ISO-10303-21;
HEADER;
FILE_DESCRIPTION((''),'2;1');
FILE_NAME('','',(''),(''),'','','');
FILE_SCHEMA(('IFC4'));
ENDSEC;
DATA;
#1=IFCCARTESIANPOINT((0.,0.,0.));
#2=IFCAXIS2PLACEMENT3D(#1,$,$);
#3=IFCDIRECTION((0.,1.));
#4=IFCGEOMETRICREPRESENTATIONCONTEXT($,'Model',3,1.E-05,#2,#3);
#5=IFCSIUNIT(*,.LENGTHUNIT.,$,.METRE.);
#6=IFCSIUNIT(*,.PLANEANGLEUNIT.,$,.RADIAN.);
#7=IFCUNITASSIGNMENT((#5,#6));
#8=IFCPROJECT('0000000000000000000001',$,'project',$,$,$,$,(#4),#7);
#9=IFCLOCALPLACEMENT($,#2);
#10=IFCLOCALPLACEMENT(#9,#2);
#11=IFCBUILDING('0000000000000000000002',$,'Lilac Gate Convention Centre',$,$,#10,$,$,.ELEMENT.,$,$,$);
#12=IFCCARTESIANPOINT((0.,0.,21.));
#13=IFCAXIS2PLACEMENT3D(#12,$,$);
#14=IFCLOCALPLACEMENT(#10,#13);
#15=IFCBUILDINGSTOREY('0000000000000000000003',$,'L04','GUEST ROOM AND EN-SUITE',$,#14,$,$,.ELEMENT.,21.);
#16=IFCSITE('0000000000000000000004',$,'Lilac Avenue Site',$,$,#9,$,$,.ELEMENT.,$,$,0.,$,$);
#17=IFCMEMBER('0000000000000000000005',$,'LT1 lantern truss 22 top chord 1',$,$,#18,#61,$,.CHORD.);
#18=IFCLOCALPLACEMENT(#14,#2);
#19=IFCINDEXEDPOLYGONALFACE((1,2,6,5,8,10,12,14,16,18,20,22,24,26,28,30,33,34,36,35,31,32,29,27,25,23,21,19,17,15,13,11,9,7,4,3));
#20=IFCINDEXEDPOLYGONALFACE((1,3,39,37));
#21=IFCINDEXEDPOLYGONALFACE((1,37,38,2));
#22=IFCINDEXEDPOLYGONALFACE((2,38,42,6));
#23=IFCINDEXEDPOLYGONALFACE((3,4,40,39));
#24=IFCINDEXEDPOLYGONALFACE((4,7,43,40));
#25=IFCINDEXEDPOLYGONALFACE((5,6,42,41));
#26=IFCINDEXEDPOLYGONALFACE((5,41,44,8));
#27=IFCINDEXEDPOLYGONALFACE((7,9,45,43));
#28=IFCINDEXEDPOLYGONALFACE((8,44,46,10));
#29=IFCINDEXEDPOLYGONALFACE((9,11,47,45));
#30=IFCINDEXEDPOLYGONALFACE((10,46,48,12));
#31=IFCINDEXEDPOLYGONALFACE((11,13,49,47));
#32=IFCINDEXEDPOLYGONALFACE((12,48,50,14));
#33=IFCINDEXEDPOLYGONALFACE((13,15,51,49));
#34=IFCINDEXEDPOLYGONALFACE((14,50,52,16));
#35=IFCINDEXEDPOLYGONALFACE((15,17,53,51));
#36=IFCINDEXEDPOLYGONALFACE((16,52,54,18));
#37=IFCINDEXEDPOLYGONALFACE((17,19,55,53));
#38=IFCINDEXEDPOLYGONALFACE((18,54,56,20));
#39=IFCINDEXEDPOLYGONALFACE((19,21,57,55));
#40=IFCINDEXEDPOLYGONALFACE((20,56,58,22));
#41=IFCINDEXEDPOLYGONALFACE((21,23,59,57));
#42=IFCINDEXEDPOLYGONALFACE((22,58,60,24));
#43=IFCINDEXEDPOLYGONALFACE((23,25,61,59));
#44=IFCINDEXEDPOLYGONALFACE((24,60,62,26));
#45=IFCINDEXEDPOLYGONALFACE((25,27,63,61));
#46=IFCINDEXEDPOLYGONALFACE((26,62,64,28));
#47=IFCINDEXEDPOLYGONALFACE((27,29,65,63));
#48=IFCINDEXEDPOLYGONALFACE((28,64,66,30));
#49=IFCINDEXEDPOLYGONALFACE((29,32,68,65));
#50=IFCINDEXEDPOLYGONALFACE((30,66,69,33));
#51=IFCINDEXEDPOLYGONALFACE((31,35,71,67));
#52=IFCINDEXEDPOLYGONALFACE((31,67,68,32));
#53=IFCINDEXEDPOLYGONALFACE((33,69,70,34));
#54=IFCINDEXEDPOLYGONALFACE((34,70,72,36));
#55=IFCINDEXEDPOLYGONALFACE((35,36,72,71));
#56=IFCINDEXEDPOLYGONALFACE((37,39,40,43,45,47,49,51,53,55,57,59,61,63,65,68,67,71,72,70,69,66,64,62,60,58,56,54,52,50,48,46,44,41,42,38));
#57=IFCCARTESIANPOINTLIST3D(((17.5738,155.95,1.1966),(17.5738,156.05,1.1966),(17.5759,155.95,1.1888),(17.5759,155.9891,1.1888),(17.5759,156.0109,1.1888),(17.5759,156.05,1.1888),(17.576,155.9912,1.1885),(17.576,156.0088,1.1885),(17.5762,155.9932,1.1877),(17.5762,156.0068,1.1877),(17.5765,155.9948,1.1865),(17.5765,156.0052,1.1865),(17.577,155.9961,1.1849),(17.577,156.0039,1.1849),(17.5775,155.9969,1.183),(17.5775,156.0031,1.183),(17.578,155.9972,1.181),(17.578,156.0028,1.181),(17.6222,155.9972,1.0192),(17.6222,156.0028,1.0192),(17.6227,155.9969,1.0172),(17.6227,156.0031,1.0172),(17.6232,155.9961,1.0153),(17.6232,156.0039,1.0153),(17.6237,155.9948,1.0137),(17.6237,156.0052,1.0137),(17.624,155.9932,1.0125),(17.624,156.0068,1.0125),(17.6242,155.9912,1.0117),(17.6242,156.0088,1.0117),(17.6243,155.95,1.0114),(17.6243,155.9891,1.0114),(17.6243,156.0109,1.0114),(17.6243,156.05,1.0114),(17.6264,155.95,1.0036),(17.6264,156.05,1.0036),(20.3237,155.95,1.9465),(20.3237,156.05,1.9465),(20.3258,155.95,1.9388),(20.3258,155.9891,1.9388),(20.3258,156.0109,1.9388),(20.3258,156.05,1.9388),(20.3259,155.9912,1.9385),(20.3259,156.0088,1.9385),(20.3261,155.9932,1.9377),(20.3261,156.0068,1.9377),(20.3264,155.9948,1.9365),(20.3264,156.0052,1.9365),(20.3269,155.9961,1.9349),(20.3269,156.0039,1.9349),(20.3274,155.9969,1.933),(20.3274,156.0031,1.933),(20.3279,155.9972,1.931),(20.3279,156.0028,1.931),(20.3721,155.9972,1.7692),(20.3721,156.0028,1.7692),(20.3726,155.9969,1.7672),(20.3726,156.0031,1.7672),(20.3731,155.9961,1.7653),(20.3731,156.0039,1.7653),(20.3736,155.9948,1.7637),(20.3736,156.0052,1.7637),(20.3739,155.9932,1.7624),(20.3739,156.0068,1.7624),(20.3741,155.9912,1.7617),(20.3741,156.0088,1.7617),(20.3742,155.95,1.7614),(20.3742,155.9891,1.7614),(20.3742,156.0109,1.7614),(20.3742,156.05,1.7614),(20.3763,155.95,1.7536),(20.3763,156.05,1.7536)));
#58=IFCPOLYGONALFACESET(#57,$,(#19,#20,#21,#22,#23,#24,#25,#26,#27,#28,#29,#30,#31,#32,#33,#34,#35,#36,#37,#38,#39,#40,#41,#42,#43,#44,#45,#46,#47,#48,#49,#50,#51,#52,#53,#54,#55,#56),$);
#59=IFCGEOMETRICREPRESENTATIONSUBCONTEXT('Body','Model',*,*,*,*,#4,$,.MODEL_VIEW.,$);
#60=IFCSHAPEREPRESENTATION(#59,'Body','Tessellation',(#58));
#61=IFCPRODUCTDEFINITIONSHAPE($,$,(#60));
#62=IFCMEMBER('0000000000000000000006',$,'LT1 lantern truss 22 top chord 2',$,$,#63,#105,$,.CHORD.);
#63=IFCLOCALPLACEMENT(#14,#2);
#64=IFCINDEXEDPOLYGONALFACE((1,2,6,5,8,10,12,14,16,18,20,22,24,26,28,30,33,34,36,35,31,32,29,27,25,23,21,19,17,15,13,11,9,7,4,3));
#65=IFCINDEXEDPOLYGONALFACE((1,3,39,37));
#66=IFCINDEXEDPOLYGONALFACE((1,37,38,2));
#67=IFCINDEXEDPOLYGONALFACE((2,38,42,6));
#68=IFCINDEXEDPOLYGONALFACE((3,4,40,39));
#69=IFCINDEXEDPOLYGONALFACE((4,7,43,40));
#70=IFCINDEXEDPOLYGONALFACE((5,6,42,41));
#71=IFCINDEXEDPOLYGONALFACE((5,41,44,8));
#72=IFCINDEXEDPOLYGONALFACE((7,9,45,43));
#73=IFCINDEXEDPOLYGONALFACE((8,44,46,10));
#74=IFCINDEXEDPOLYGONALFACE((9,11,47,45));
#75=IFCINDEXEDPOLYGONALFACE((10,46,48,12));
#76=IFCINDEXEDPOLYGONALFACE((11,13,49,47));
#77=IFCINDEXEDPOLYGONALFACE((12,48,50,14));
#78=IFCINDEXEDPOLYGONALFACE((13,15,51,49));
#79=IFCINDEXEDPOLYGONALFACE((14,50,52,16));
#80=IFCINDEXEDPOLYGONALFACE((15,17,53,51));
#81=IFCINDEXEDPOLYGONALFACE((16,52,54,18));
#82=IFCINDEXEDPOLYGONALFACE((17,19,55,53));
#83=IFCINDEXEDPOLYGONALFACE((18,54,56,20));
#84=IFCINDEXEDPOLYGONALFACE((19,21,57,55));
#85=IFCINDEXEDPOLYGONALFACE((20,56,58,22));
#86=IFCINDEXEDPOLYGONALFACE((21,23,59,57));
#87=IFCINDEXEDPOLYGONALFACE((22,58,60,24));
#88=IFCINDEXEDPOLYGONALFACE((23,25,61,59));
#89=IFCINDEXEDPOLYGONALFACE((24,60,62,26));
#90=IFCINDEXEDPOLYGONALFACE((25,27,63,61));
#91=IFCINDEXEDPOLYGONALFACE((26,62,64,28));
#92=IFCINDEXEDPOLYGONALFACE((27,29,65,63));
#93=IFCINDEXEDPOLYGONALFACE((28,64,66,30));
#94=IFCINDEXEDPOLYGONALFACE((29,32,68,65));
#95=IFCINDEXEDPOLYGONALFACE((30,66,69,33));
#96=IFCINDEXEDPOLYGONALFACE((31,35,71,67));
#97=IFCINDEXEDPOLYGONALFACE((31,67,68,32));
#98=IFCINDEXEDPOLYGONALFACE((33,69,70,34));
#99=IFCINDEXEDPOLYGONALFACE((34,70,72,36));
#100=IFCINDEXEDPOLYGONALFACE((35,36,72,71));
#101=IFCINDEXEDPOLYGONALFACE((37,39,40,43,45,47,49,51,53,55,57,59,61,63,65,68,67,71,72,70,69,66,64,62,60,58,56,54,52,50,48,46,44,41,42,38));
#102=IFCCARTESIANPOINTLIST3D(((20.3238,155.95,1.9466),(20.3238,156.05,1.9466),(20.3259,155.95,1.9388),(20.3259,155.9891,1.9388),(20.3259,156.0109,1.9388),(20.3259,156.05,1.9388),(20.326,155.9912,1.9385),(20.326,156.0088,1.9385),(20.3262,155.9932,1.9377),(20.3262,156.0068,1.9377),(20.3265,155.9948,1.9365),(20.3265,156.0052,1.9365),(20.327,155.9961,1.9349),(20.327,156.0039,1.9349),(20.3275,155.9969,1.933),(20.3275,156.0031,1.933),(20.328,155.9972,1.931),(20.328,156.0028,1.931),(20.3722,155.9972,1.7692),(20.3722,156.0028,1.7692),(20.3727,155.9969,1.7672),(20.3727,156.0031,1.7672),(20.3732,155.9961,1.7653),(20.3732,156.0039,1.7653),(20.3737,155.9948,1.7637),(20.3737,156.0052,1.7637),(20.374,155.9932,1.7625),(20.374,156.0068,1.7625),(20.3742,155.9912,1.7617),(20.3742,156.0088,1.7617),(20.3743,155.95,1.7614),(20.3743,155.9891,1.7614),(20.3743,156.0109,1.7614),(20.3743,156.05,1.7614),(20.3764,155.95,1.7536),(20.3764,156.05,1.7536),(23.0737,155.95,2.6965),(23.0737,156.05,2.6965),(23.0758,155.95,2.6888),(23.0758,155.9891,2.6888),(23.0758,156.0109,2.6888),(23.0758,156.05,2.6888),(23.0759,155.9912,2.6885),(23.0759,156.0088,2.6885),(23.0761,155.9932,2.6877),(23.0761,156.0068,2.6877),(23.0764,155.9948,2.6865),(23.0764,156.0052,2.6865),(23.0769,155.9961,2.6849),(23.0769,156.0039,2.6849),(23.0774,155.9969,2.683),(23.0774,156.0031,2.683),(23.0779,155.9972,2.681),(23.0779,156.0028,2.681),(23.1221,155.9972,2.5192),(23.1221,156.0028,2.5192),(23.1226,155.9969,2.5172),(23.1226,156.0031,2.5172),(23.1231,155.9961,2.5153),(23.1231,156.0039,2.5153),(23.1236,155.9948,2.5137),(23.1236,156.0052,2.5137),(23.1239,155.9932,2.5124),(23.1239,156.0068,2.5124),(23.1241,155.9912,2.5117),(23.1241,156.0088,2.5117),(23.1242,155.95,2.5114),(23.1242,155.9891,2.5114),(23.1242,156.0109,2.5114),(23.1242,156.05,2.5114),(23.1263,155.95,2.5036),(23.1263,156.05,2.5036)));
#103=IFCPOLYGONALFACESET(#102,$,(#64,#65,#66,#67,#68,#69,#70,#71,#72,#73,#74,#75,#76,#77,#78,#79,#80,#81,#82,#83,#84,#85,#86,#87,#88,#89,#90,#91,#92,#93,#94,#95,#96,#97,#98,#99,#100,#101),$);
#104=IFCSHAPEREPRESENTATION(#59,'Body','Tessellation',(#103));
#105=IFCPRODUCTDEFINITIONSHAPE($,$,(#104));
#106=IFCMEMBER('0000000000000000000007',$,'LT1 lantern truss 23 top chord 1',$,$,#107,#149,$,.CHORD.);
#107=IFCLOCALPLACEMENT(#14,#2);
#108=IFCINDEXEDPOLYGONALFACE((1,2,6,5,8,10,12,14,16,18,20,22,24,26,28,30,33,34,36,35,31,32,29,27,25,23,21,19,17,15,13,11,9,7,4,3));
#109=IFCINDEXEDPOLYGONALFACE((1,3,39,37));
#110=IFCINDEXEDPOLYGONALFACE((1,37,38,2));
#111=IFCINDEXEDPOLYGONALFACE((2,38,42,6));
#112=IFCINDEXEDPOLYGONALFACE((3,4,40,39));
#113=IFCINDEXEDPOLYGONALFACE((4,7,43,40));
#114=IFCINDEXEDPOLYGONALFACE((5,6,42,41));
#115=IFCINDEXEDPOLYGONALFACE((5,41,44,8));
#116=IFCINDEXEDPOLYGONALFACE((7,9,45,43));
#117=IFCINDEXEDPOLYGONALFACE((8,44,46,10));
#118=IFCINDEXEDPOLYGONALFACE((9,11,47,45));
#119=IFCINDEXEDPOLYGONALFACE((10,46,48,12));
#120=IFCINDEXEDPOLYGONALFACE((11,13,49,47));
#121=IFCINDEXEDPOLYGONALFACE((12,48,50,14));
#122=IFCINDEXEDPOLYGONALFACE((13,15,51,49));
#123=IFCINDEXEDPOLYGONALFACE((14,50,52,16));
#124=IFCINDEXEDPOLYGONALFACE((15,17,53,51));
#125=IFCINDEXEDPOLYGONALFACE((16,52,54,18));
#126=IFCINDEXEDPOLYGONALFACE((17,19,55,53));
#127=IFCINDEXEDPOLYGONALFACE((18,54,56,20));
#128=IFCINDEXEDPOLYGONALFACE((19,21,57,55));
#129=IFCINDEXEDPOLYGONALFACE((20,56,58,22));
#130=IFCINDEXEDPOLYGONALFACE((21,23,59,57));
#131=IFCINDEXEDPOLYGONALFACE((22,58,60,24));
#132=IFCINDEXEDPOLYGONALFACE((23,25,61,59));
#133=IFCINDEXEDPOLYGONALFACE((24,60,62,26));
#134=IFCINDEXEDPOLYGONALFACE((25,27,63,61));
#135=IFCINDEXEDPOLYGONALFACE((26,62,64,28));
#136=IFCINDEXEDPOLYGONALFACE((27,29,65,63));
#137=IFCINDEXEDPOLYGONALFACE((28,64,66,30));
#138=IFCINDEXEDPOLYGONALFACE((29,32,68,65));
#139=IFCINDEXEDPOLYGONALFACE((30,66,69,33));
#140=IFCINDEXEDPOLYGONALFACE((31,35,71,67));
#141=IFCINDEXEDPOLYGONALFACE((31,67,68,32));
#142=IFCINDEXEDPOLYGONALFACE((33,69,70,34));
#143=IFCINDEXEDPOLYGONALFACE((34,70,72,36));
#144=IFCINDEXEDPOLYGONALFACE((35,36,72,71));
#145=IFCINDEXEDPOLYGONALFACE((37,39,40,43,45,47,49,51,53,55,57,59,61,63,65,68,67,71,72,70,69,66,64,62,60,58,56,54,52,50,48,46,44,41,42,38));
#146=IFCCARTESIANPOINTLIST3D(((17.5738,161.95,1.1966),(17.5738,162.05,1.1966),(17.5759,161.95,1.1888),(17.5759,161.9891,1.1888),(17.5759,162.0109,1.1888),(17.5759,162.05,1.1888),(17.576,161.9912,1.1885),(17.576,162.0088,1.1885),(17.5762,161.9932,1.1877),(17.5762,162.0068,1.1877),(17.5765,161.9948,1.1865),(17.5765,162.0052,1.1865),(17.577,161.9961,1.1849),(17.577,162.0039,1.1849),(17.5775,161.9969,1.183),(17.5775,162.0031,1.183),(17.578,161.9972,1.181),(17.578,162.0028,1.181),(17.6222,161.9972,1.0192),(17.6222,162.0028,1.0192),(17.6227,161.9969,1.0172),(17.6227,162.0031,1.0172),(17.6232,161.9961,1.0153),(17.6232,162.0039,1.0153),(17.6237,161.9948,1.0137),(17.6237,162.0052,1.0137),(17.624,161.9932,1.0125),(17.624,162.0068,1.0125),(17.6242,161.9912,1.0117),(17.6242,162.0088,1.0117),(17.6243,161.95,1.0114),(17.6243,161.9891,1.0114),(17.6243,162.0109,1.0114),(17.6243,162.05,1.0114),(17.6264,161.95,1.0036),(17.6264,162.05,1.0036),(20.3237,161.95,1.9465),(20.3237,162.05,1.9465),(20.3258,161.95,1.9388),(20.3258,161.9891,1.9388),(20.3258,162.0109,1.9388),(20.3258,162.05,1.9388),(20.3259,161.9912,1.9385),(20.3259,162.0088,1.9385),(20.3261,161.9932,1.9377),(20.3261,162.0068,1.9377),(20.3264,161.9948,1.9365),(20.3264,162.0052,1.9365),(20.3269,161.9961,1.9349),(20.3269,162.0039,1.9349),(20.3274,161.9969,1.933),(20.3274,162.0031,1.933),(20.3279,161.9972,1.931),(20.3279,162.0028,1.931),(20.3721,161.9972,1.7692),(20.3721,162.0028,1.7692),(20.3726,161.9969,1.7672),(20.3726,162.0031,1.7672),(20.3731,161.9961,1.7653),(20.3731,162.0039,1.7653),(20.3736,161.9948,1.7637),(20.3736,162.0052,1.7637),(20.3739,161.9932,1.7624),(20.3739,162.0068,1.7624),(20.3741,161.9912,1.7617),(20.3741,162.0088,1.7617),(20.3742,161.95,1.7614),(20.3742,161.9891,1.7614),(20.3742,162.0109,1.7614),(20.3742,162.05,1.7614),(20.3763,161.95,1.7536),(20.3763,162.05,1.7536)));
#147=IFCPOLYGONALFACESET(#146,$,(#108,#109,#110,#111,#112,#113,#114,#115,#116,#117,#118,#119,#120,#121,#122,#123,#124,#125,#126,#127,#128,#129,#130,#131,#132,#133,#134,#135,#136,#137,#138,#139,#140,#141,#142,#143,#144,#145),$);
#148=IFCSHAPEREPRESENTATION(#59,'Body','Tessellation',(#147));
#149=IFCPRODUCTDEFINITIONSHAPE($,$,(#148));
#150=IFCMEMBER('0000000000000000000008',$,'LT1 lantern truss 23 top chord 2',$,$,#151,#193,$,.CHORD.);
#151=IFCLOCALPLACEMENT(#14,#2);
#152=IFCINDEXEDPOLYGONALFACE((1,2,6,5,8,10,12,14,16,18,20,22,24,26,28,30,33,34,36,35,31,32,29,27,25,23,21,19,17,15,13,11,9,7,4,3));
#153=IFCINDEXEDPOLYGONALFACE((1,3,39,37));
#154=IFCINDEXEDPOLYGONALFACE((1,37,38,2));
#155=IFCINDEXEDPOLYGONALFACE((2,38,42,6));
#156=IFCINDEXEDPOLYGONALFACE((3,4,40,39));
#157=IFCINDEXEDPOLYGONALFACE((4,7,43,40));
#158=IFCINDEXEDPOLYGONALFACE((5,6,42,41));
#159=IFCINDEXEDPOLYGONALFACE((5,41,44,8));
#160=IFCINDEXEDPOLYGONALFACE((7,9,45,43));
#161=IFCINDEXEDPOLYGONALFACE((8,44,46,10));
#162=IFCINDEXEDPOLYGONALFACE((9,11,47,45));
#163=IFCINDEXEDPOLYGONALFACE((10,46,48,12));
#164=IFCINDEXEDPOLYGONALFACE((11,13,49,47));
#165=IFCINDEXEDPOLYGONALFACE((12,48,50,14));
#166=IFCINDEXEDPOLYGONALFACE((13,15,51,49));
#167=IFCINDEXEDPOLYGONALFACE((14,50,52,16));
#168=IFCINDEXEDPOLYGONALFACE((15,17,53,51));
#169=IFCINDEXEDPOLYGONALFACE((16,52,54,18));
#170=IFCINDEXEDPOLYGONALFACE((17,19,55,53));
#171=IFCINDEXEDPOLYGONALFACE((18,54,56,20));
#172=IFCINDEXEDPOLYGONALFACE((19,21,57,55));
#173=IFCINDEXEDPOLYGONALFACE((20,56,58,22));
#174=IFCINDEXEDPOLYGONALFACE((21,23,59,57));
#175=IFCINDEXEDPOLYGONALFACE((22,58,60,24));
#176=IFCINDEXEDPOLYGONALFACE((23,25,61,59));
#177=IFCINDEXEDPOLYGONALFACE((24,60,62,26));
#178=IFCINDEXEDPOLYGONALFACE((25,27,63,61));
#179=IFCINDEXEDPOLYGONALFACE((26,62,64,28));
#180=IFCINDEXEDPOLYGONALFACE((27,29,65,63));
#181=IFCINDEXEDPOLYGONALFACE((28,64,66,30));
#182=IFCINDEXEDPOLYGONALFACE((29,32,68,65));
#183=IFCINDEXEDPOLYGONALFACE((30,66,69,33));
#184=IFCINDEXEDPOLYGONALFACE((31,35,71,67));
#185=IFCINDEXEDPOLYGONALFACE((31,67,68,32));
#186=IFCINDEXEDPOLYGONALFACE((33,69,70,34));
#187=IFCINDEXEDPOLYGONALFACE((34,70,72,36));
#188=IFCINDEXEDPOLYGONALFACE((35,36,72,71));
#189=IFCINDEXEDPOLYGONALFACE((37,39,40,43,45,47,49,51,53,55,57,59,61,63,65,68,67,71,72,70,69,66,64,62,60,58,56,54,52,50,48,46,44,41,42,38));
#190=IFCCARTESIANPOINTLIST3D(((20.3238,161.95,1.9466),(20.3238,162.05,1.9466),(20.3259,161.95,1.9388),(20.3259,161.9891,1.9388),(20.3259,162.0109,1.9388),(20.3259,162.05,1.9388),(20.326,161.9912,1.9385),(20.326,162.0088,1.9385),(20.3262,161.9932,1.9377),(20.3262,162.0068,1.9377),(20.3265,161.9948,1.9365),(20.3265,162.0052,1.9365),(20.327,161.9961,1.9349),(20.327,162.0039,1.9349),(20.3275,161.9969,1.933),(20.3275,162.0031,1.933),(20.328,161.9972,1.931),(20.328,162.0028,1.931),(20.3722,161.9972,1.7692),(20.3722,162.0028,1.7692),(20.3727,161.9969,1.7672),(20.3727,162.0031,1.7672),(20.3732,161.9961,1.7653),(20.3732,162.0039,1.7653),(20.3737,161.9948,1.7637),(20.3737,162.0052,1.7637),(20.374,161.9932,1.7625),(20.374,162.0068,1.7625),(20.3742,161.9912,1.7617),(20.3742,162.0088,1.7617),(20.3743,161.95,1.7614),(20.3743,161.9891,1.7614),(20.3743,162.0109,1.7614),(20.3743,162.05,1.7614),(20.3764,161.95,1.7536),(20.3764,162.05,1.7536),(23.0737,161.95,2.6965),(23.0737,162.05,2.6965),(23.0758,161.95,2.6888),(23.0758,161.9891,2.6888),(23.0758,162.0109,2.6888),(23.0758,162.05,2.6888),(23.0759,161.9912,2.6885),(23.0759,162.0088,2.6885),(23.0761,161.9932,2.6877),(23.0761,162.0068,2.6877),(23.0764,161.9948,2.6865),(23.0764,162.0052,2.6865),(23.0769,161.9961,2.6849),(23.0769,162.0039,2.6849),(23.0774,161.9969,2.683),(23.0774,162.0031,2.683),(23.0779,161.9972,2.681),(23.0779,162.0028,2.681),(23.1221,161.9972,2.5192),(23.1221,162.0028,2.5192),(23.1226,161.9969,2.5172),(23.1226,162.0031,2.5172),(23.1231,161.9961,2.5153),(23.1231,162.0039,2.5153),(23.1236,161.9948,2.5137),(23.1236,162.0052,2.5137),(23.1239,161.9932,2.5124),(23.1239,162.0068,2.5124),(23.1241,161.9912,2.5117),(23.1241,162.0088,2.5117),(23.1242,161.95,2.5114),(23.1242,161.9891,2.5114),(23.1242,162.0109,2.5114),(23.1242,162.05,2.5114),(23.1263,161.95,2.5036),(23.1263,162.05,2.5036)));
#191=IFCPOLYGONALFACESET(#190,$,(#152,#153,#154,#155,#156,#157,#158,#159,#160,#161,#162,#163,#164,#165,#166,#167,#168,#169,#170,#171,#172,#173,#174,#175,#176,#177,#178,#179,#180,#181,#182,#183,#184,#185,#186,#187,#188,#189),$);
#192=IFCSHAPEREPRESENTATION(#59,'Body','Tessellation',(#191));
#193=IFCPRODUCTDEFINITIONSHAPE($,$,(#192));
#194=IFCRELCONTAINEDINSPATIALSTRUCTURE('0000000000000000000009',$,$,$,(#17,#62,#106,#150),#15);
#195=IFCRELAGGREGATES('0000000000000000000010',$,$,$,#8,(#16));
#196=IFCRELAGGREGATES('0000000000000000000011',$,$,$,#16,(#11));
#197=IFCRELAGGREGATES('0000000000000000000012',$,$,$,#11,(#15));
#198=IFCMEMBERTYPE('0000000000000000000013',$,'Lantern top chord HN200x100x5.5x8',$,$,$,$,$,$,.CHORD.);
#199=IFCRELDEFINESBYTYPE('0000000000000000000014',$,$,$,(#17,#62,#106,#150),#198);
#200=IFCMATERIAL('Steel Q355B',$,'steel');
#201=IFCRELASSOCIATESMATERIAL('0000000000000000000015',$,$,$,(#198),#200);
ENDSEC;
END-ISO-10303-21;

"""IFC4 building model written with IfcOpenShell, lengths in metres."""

from ifc_helpers import new_model, si_unit, direction, frame, origin, origin_2d, place, context, subcontext, project, spatial, i_section, extrude, material, material_profile, profile_set, type_object, element, save


model = new_model("IFC4")

# Units and contexts
model_context = context("Model", 3, precision=1e-05, world=origin(), true_north=direction((0.0, 1.0)))
body_context = subcontext(model_context, "Body", "Model", "MODEL_VIEW")
ifc_project = project(units=[si_unit("LENGTHUNIT", "METRE"), si_unit("PLANEANGLEUNIT", "RADIAN")], contexts=[model_context])

# Site, building, storey
site_placement = place(None, origin())
site = spatial("IfcSite", under=ifc_project, at=site_placement, Name="Lilac Avenue Site", CompositionType="ELEMENT", RefElevation=0.0)
building_placement = place(site_placement, origin())
building = spatial("IfcBuilding", under=site, at=building_placement, Name="Lilac Gate Convention Centre", CompositionType="ELEMENT")
storey_placement = place(building_placement, frame((0.0, 0.0, 21.0)))
storey = spatial("IfcBuildingStorey", under=building, at=storey_placement, Name="L04", Description="GUEST ROOM AND EN-SUITE", CompositionType="ELEMENT", Elevation=21.0)

# Members
ifc_material_1 = material(Name="Steel Q355B", Category="steel")
ifc_material_profile_1 = material_profile(ifc_material_1, i_section(OverallWidth=0.1001, OverallDepth=0.2, WebThickness=0.0056, FlangeThickness=0.0081, FilletRadius=0.0081, at=origin_2d()), Name="HN200x100x5.5x8")
ifc_profile_set_1 = profile_set([ifc_material_profile_1], Name="Steel Q355B")
member_type_1 = type_object("IfcMemberType", Name="Lantern top chord HN200x100x5.5x8", PredefinedType="CHORD", material=ifc_profile_set_1)
for number, where, z_axis, x_axis, name in (
    (1, (17.6001, 156.0, 1.1001), (0.964764, 0.0, 0.263117), (0.0, 1.0, 0.0), "LT1 lantern truss 22 top chord 1"),
    (2, (20.3501, 156.0, 1.8501), (0.964764, 0.0, 0.263117), (0.0, 1.0, 0.0), "LT1 lantern truss 22 top chord 2"),
    (3, (17.6001, 162.0, 1.1001), (0.964764, 0.0, 0.263117), (0.0, 1.0, 0.0), "LT1 lantern truss 23 top chord 1"),
    (4, (20.3501, 162.0, 1.8501), (0.964764, 0.0, 0.263117), (0.0, 1.0, 0.0), "LT1 lantern truss 23 top chord 2"),
):
    element("IfcMember", number, at=place(storey_placement, frame(where, z_axis=z_axis, x_axis=x_axis)), inside=storey, type_object=member_type_1, Name=name, PredefinedType="CHORD", context=body_context, shape_type="SweptSolid", body=[
        extrude(i_section(OverallWidth=0.1001, OverallDepth=0.2, WebThickness=0.0056, FlangeThickness=0.0081, FilletRadius=0.0081, at=origin_2d()), origin(), (0.0, 0.0, 1.0), 2.8503),
    ])

save(model, "model.ifc")
